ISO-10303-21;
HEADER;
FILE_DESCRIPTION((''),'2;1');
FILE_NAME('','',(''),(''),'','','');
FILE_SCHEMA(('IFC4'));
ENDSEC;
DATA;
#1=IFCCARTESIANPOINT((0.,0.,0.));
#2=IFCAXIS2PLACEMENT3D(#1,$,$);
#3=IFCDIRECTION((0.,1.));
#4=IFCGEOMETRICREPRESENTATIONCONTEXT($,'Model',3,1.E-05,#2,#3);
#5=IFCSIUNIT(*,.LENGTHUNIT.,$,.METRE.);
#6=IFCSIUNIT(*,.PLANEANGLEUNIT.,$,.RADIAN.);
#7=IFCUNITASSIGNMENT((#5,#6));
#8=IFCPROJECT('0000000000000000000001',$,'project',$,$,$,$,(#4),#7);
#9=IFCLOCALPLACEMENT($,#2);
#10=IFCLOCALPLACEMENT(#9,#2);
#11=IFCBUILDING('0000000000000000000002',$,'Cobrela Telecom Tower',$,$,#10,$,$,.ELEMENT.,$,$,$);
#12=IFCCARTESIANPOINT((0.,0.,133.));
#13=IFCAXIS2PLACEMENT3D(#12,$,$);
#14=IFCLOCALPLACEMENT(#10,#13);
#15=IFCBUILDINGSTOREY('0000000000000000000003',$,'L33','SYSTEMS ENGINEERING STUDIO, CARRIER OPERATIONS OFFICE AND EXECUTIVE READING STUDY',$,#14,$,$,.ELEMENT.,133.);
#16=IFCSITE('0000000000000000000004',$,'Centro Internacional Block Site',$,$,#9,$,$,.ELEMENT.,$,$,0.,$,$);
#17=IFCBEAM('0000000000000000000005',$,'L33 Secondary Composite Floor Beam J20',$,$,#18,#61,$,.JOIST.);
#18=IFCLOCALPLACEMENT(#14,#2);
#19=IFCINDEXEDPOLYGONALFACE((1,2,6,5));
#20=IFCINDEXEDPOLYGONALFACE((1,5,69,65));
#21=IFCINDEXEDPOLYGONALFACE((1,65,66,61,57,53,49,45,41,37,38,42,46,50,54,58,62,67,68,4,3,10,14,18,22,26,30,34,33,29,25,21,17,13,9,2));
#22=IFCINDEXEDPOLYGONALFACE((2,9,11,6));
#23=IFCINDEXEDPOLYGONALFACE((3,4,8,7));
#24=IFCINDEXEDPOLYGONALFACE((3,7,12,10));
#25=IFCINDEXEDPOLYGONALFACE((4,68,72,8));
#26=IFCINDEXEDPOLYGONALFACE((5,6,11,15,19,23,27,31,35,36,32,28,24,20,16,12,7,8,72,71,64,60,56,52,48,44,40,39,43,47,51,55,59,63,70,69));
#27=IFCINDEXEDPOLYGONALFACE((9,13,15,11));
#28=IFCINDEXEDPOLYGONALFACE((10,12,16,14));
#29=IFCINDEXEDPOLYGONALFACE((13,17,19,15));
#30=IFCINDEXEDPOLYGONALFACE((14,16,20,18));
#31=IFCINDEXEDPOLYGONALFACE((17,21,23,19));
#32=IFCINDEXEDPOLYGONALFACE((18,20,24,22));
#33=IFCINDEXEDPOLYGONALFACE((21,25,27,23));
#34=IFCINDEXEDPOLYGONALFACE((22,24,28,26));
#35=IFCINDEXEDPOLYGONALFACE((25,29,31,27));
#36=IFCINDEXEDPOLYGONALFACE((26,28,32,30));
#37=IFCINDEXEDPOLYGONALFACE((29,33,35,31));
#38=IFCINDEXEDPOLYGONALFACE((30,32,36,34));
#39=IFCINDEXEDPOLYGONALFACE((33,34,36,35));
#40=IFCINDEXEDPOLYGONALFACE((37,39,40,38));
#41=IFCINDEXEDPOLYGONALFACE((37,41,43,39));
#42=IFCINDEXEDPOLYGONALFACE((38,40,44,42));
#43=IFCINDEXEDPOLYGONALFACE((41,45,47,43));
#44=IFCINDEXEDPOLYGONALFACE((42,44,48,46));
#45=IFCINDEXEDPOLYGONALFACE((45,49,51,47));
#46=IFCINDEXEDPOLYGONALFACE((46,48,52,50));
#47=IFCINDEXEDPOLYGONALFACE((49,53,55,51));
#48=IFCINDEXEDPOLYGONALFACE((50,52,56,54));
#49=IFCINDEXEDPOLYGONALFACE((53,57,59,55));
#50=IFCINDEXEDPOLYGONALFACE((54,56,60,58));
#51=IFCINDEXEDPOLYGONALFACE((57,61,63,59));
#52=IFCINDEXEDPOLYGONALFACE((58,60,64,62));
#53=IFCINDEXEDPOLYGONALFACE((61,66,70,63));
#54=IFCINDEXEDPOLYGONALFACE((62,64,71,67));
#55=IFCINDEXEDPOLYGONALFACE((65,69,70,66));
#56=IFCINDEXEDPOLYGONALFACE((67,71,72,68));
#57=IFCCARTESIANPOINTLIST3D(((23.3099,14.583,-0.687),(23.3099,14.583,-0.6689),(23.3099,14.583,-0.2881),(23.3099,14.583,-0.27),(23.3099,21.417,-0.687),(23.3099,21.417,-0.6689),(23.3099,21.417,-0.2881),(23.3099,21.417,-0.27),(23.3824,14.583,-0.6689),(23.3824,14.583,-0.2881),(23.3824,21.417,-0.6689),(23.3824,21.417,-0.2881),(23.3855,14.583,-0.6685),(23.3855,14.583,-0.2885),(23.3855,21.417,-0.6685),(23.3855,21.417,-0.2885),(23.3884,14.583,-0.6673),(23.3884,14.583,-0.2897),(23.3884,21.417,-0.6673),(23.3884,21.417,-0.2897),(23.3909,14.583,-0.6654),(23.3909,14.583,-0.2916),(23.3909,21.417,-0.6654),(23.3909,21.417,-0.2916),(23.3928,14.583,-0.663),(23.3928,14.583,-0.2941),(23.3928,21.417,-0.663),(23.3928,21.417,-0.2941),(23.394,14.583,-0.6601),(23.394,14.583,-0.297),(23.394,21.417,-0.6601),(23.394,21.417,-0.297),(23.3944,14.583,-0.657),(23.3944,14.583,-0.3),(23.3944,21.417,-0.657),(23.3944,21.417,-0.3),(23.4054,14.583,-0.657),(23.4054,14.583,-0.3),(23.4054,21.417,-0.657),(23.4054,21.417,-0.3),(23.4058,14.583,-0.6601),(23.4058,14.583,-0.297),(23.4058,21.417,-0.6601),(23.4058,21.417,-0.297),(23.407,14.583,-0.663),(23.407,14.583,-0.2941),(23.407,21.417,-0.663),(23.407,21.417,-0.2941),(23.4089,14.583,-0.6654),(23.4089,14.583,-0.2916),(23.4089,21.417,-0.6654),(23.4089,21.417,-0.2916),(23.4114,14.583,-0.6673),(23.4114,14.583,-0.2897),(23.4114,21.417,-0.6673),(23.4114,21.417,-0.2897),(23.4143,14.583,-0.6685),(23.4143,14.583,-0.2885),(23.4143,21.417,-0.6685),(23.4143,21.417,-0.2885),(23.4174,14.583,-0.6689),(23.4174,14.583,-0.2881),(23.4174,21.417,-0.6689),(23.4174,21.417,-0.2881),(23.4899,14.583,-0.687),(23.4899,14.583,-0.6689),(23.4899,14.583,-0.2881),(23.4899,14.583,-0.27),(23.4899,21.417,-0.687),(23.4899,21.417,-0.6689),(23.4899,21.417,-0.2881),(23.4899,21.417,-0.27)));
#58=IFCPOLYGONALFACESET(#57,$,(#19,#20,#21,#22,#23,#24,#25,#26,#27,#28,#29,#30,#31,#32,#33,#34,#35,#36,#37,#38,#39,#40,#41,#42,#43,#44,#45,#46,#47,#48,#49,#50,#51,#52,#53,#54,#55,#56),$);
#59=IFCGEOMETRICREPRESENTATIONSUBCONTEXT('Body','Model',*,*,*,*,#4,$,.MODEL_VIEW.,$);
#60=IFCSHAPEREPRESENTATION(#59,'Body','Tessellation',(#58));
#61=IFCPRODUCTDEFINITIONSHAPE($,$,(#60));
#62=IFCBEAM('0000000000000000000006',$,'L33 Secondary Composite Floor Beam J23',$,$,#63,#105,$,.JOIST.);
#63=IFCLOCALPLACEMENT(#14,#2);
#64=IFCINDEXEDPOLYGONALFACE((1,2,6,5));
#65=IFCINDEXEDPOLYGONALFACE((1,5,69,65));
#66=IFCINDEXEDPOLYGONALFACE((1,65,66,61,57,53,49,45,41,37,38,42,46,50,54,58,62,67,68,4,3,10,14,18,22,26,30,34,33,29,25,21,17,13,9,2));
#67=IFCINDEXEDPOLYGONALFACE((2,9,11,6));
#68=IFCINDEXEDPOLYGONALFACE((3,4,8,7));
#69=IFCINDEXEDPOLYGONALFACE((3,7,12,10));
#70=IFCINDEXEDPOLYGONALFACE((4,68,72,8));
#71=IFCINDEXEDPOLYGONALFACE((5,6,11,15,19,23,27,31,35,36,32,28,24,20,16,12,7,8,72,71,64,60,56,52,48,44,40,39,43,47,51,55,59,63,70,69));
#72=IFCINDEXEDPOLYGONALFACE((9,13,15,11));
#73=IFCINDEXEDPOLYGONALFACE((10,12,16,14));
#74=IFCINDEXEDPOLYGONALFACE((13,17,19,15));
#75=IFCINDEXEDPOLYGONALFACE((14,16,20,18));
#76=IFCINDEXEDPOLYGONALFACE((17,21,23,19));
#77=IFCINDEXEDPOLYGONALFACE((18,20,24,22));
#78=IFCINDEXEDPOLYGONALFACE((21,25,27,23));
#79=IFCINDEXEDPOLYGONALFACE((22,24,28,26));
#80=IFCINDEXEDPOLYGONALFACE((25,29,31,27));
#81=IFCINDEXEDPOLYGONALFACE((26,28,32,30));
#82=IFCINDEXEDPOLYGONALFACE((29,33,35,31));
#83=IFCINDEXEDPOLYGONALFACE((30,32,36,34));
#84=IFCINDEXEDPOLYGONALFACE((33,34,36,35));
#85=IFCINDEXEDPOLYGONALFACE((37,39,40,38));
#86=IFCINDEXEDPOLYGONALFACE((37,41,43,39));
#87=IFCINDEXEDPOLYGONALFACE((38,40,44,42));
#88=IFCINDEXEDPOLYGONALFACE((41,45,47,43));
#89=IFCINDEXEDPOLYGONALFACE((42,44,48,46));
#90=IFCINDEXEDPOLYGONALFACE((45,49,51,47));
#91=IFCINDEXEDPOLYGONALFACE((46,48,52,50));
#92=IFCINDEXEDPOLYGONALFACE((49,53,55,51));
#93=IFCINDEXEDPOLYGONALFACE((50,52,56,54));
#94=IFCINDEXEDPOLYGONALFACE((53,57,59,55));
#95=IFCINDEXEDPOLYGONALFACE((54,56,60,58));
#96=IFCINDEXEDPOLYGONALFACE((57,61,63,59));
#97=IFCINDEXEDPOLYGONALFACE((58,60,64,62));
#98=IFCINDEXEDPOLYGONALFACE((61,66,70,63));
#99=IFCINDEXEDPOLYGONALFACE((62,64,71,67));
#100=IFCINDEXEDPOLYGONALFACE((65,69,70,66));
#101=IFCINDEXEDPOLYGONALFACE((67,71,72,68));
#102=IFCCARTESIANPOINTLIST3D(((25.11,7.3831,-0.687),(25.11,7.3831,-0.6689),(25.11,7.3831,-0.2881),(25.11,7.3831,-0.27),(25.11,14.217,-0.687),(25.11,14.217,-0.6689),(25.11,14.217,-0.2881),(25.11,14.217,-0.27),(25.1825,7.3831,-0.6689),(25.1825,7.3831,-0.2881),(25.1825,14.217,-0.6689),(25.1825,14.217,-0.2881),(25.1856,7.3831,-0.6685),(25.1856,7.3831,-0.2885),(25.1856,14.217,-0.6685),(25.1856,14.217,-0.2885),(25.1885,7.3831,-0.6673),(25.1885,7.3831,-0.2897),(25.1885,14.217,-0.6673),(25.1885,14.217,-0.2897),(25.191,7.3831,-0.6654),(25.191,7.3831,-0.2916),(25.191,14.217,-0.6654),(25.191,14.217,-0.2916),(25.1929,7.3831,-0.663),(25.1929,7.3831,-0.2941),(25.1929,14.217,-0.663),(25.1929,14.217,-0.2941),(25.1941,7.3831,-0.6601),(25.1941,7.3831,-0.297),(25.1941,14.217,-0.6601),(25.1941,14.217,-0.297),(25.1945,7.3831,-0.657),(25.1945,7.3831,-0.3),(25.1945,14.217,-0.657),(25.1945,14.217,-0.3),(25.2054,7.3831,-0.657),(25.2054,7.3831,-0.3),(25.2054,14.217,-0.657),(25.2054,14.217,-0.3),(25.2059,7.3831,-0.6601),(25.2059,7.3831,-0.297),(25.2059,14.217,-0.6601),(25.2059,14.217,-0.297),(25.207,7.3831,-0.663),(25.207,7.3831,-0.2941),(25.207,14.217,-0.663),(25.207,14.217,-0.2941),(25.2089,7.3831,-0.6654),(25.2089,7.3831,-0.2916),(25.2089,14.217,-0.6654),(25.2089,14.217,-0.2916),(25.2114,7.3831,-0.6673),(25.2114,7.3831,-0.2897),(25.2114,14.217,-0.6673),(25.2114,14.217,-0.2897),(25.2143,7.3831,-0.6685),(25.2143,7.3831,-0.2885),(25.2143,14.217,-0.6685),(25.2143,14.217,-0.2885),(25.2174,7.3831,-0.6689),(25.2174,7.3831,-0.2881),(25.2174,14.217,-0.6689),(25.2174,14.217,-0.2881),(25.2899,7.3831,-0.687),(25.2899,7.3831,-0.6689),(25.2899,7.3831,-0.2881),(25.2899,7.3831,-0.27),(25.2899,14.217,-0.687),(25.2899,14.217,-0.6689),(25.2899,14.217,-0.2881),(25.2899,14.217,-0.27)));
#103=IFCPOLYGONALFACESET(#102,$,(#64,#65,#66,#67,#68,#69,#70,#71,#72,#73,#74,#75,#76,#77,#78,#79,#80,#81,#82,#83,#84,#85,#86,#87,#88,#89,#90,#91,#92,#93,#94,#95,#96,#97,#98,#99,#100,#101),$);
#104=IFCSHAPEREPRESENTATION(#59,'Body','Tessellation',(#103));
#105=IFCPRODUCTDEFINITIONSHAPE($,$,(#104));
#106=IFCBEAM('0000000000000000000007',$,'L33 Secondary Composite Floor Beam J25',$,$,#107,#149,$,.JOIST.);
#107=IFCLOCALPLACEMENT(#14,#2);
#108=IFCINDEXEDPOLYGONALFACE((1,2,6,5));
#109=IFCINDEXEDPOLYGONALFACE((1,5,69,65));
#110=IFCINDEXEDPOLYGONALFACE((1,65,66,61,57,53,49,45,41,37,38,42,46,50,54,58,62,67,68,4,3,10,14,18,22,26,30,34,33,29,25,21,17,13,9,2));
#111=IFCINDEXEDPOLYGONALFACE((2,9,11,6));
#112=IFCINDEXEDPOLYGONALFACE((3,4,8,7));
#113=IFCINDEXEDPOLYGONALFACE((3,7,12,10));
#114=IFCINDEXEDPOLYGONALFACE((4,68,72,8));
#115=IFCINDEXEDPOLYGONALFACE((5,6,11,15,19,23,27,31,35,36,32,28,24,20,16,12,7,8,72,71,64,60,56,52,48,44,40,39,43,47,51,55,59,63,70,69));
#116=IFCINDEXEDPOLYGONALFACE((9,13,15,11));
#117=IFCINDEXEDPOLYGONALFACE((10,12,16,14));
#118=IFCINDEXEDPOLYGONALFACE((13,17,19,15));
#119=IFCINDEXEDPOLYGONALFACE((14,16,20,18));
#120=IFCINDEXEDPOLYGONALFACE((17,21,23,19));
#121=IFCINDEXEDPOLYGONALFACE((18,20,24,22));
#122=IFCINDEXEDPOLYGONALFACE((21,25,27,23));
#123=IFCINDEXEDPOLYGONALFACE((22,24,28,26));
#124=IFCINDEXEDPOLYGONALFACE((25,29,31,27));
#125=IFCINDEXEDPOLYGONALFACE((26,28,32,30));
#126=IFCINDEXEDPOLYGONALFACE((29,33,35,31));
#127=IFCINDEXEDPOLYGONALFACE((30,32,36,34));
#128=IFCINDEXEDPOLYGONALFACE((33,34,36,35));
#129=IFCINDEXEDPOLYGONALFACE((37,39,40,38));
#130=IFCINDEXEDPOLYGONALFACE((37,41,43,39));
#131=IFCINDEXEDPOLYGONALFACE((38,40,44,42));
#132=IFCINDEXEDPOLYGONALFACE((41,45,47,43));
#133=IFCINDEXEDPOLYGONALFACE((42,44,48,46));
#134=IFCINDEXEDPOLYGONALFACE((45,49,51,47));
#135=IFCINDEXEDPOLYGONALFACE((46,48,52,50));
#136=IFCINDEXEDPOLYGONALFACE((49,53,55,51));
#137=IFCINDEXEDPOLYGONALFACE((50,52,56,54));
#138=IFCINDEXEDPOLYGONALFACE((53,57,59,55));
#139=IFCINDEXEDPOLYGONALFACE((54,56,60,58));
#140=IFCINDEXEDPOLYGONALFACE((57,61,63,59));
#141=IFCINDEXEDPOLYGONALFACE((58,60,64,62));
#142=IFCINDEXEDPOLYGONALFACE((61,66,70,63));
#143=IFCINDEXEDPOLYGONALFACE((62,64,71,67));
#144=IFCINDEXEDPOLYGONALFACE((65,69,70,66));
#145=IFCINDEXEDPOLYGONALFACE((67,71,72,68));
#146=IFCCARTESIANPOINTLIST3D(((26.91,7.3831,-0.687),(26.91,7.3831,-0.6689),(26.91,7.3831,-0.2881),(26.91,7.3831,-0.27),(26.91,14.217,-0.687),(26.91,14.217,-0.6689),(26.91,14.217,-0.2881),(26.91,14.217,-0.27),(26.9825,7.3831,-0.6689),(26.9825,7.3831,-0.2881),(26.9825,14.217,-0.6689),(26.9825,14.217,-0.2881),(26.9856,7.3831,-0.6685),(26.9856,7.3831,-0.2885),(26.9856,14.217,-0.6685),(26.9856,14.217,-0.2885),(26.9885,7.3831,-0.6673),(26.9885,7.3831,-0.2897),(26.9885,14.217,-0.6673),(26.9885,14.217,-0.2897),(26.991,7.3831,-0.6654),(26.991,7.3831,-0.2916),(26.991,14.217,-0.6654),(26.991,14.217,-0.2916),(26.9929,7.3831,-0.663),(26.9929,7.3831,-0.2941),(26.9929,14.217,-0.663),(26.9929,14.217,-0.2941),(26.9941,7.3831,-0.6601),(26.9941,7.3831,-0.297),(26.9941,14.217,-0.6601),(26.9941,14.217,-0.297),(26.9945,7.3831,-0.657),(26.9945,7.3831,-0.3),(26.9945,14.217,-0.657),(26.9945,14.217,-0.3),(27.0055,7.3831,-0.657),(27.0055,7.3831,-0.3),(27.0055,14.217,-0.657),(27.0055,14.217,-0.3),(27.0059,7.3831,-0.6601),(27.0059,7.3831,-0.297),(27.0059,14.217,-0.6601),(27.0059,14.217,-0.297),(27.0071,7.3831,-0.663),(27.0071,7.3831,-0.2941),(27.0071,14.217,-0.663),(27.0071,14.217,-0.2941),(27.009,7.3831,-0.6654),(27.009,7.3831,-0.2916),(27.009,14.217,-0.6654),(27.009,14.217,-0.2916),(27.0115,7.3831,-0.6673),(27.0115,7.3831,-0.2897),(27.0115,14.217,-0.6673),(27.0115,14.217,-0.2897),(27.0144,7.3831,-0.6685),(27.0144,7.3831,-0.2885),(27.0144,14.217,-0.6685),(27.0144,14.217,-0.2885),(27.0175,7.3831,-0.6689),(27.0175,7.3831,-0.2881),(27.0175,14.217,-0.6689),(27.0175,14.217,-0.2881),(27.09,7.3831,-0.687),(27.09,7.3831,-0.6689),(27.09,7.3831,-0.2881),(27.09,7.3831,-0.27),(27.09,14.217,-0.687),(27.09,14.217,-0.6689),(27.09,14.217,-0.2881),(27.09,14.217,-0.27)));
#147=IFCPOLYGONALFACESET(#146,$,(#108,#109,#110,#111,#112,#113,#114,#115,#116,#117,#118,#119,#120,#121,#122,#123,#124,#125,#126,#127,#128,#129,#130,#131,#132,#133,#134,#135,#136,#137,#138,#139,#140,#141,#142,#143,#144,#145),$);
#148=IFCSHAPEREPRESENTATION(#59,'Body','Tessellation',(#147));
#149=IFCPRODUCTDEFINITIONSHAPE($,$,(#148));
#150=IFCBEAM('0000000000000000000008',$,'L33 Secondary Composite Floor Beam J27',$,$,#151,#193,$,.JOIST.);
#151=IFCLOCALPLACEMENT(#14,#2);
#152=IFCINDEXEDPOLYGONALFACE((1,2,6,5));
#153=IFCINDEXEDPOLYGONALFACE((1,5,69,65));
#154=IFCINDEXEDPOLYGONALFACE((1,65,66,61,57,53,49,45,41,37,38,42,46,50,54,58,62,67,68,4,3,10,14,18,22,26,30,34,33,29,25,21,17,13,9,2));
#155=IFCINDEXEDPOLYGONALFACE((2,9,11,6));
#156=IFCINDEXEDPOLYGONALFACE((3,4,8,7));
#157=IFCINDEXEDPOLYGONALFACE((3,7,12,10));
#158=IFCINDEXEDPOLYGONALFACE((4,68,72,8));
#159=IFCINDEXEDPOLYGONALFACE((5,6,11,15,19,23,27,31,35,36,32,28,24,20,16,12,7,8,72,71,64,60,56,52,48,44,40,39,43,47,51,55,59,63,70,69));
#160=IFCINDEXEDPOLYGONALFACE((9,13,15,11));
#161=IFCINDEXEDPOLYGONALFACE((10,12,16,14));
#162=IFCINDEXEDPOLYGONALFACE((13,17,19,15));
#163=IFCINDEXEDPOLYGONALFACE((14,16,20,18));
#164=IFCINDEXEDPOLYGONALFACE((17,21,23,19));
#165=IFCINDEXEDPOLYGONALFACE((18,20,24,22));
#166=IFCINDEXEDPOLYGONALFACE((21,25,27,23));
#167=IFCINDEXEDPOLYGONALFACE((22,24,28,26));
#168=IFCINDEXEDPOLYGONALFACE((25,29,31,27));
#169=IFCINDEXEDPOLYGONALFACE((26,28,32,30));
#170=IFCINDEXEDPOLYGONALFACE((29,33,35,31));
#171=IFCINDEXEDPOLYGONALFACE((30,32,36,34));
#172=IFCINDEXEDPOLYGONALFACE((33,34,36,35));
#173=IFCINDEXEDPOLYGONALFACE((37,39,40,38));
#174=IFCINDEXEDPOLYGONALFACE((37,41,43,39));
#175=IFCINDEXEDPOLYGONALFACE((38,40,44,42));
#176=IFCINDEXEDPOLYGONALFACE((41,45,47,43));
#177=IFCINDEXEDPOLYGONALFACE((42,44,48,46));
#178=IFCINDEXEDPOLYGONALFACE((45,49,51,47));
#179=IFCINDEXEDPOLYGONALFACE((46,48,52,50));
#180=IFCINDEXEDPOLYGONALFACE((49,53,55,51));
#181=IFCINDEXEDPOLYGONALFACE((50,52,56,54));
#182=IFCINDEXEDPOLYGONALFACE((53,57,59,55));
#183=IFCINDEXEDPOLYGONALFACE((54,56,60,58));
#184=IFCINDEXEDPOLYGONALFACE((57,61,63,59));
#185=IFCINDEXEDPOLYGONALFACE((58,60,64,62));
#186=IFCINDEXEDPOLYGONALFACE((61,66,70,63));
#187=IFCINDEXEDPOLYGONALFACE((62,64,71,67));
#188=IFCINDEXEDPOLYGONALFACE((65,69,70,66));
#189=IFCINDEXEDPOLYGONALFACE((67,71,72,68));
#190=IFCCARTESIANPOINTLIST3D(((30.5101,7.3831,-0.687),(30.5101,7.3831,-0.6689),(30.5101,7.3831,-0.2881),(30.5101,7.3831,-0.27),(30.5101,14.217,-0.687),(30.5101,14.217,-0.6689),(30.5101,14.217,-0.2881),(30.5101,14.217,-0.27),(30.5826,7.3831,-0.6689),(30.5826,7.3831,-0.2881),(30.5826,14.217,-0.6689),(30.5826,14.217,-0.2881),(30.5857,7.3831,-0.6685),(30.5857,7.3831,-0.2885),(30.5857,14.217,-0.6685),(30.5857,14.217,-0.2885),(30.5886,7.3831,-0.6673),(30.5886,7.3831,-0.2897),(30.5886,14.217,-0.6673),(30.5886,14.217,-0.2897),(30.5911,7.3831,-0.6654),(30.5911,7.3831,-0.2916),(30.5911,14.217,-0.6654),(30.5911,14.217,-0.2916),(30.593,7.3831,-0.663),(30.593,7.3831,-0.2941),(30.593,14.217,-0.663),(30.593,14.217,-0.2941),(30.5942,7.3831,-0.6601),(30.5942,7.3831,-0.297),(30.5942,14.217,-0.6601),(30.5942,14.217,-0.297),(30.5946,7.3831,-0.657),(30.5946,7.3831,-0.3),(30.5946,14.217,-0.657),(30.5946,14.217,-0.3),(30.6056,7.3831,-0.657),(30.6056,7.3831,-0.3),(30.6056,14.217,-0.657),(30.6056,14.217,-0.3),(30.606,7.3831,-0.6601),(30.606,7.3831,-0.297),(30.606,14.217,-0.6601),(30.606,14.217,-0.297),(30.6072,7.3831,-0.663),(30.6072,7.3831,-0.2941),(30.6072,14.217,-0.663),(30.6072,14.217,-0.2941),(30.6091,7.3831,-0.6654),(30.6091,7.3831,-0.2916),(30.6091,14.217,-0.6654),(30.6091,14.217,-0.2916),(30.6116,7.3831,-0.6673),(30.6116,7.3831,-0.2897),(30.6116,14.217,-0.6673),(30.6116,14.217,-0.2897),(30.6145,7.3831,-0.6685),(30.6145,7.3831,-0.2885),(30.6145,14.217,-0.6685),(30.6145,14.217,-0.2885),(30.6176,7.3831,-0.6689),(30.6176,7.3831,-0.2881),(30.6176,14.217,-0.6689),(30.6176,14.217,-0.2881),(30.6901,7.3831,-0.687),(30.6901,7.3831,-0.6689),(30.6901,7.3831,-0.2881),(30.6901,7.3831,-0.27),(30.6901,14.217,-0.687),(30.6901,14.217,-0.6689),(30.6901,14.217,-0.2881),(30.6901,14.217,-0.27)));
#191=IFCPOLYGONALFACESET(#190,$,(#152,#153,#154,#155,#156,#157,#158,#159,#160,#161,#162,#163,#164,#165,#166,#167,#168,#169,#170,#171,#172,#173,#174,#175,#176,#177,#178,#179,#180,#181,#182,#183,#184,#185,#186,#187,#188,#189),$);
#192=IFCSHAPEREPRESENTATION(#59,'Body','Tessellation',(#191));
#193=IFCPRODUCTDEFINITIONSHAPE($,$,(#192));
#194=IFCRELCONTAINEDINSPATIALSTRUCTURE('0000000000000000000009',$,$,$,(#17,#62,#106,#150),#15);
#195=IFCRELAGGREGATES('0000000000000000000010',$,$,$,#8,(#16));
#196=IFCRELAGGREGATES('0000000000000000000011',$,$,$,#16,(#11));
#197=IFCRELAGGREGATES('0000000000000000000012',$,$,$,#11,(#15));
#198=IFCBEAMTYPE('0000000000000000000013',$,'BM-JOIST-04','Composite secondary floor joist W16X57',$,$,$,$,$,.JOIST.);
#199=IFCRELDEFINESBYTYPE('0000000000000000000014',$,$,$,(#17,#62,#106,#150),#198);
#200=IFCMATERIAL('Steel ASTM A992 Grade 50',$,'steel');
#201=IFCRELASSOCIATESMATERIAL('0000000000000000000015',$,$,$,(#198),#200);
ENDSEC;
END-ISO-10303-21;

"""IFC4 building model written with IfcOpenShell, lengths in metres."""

from ifc_helpers import new_model, si_unit, direction, frame, origin, origin_2d, place, context, subcontext, project, spatial, i_section, extrude, material, material_profile, profile_set, type_object, element, save


model = new_model("IFC4")

# Units and contexts
model_context = context("Model", 3, precision=1e-05, world=origin(), true_north=direction((0.0, 1.0)))
body_context = subcontext(model_context, "Body", "Model", "MODEL_VIEW")
ifc_project = project(units=[si_unit("LENGTHUNIT", "METRE"), si_unit("PLANEANGLEUNIT", "RADIAN")], contexts=[model_context])

# Site, building, storey
site_placement = place(None, origin())
site = spatial("IfcSite", under=ifc_project, at=site_placement, Name="Centro Internacional Block Site", CompositionType="ELEMENT", RefElevation=0.0)
building_placement = place(site_placement, origin())
building = spatial("IfcBuilding", under=site, at=building_placement, Name="Cobrela Telecom Tower", CompositionType="ELEMENT")
storey_placement = place(building_placement, frame((0.0, 0.0, 133.0)))
storey = spatial("IfcBuildingStorey", under=building, at=storey_placement, Name="L33", Description="SYSTEMS ENGINEERING STUDIO, CARRIER OPERATIONS OFFICE AND EXECUTIVE READING STUDY", CompositionType="ELEMENT", Elevation=133.0)

# Shared definitions
ifc_material_1 = material(Name="Steel ASTM A992 Grade 50", Category="steel")

# Beams
ifc_material_profile_1 = material_profile(ifc_material_1, i_section(OverallWidth=0.1799, OverallDepth=0.417, WebThickness=0.011, FlangeThickness=0.0181, FilletRadius=0.012, at=origin_2d()), Name="W16X57")
ifc_profile_set_1 = profile_set([ifc_material_profile_1], Name="Steel ASTM A992 Grade 50")
beam_type_1 = type_object("IfcBeamType", Name="BM-JOIST-04", Description="Composite secondary floor joist W16X57", PredefinedType="JOIST", material=ifc_profile_set_1)
for number, where, z_axis, x_axis, name in (
    (1, (23.3999, 14.583, -0.4785), (0.0, 1.0, 0.0), (-1.0, 0.0, 0.0), "L33 Secondary Composite Floor Beam J20"),
    (2, (25.2, 7.3831, -0.4785), (0.0, 1.0, 0.0), (-1.0, 0.0, 0.0), "L33 Secondary Composite Floor Beam J23"),
    (3, (27.0, 7.3831, -0.4785), (0.0, 1.0, 0.0), (-1.0, 0.0, 0.0), "L33 Secondary Composite Floor Beam J25"),
    (4, (30.6001, 7.3831, -0.4785), (0.0, 1.0, 0.0), (-1.0, 0.0, 0.0), "L33 Secondary Composite Floor Beam J27"),
):
    element("IfcBeam", number, at=place(storey_placement, frame(where, z_axis=z_axis, x_axis=x_axis)), inside=storey, type_object=beam_type_1, Name=name, PredefinedType="JOIST", context=body_context, shape_type="SweptSolid", body=[
        extrude(i_section(OverallWidth=0.1799, OverallDepth=0.417, WebThickness=0.011, FlangeThickness=0.0181, FilletRadius=0.012, at=origin_2d()), origin(), (0.0, 0.0, 1.0), 6.834),
    ])

save(model, "model.ifc")
